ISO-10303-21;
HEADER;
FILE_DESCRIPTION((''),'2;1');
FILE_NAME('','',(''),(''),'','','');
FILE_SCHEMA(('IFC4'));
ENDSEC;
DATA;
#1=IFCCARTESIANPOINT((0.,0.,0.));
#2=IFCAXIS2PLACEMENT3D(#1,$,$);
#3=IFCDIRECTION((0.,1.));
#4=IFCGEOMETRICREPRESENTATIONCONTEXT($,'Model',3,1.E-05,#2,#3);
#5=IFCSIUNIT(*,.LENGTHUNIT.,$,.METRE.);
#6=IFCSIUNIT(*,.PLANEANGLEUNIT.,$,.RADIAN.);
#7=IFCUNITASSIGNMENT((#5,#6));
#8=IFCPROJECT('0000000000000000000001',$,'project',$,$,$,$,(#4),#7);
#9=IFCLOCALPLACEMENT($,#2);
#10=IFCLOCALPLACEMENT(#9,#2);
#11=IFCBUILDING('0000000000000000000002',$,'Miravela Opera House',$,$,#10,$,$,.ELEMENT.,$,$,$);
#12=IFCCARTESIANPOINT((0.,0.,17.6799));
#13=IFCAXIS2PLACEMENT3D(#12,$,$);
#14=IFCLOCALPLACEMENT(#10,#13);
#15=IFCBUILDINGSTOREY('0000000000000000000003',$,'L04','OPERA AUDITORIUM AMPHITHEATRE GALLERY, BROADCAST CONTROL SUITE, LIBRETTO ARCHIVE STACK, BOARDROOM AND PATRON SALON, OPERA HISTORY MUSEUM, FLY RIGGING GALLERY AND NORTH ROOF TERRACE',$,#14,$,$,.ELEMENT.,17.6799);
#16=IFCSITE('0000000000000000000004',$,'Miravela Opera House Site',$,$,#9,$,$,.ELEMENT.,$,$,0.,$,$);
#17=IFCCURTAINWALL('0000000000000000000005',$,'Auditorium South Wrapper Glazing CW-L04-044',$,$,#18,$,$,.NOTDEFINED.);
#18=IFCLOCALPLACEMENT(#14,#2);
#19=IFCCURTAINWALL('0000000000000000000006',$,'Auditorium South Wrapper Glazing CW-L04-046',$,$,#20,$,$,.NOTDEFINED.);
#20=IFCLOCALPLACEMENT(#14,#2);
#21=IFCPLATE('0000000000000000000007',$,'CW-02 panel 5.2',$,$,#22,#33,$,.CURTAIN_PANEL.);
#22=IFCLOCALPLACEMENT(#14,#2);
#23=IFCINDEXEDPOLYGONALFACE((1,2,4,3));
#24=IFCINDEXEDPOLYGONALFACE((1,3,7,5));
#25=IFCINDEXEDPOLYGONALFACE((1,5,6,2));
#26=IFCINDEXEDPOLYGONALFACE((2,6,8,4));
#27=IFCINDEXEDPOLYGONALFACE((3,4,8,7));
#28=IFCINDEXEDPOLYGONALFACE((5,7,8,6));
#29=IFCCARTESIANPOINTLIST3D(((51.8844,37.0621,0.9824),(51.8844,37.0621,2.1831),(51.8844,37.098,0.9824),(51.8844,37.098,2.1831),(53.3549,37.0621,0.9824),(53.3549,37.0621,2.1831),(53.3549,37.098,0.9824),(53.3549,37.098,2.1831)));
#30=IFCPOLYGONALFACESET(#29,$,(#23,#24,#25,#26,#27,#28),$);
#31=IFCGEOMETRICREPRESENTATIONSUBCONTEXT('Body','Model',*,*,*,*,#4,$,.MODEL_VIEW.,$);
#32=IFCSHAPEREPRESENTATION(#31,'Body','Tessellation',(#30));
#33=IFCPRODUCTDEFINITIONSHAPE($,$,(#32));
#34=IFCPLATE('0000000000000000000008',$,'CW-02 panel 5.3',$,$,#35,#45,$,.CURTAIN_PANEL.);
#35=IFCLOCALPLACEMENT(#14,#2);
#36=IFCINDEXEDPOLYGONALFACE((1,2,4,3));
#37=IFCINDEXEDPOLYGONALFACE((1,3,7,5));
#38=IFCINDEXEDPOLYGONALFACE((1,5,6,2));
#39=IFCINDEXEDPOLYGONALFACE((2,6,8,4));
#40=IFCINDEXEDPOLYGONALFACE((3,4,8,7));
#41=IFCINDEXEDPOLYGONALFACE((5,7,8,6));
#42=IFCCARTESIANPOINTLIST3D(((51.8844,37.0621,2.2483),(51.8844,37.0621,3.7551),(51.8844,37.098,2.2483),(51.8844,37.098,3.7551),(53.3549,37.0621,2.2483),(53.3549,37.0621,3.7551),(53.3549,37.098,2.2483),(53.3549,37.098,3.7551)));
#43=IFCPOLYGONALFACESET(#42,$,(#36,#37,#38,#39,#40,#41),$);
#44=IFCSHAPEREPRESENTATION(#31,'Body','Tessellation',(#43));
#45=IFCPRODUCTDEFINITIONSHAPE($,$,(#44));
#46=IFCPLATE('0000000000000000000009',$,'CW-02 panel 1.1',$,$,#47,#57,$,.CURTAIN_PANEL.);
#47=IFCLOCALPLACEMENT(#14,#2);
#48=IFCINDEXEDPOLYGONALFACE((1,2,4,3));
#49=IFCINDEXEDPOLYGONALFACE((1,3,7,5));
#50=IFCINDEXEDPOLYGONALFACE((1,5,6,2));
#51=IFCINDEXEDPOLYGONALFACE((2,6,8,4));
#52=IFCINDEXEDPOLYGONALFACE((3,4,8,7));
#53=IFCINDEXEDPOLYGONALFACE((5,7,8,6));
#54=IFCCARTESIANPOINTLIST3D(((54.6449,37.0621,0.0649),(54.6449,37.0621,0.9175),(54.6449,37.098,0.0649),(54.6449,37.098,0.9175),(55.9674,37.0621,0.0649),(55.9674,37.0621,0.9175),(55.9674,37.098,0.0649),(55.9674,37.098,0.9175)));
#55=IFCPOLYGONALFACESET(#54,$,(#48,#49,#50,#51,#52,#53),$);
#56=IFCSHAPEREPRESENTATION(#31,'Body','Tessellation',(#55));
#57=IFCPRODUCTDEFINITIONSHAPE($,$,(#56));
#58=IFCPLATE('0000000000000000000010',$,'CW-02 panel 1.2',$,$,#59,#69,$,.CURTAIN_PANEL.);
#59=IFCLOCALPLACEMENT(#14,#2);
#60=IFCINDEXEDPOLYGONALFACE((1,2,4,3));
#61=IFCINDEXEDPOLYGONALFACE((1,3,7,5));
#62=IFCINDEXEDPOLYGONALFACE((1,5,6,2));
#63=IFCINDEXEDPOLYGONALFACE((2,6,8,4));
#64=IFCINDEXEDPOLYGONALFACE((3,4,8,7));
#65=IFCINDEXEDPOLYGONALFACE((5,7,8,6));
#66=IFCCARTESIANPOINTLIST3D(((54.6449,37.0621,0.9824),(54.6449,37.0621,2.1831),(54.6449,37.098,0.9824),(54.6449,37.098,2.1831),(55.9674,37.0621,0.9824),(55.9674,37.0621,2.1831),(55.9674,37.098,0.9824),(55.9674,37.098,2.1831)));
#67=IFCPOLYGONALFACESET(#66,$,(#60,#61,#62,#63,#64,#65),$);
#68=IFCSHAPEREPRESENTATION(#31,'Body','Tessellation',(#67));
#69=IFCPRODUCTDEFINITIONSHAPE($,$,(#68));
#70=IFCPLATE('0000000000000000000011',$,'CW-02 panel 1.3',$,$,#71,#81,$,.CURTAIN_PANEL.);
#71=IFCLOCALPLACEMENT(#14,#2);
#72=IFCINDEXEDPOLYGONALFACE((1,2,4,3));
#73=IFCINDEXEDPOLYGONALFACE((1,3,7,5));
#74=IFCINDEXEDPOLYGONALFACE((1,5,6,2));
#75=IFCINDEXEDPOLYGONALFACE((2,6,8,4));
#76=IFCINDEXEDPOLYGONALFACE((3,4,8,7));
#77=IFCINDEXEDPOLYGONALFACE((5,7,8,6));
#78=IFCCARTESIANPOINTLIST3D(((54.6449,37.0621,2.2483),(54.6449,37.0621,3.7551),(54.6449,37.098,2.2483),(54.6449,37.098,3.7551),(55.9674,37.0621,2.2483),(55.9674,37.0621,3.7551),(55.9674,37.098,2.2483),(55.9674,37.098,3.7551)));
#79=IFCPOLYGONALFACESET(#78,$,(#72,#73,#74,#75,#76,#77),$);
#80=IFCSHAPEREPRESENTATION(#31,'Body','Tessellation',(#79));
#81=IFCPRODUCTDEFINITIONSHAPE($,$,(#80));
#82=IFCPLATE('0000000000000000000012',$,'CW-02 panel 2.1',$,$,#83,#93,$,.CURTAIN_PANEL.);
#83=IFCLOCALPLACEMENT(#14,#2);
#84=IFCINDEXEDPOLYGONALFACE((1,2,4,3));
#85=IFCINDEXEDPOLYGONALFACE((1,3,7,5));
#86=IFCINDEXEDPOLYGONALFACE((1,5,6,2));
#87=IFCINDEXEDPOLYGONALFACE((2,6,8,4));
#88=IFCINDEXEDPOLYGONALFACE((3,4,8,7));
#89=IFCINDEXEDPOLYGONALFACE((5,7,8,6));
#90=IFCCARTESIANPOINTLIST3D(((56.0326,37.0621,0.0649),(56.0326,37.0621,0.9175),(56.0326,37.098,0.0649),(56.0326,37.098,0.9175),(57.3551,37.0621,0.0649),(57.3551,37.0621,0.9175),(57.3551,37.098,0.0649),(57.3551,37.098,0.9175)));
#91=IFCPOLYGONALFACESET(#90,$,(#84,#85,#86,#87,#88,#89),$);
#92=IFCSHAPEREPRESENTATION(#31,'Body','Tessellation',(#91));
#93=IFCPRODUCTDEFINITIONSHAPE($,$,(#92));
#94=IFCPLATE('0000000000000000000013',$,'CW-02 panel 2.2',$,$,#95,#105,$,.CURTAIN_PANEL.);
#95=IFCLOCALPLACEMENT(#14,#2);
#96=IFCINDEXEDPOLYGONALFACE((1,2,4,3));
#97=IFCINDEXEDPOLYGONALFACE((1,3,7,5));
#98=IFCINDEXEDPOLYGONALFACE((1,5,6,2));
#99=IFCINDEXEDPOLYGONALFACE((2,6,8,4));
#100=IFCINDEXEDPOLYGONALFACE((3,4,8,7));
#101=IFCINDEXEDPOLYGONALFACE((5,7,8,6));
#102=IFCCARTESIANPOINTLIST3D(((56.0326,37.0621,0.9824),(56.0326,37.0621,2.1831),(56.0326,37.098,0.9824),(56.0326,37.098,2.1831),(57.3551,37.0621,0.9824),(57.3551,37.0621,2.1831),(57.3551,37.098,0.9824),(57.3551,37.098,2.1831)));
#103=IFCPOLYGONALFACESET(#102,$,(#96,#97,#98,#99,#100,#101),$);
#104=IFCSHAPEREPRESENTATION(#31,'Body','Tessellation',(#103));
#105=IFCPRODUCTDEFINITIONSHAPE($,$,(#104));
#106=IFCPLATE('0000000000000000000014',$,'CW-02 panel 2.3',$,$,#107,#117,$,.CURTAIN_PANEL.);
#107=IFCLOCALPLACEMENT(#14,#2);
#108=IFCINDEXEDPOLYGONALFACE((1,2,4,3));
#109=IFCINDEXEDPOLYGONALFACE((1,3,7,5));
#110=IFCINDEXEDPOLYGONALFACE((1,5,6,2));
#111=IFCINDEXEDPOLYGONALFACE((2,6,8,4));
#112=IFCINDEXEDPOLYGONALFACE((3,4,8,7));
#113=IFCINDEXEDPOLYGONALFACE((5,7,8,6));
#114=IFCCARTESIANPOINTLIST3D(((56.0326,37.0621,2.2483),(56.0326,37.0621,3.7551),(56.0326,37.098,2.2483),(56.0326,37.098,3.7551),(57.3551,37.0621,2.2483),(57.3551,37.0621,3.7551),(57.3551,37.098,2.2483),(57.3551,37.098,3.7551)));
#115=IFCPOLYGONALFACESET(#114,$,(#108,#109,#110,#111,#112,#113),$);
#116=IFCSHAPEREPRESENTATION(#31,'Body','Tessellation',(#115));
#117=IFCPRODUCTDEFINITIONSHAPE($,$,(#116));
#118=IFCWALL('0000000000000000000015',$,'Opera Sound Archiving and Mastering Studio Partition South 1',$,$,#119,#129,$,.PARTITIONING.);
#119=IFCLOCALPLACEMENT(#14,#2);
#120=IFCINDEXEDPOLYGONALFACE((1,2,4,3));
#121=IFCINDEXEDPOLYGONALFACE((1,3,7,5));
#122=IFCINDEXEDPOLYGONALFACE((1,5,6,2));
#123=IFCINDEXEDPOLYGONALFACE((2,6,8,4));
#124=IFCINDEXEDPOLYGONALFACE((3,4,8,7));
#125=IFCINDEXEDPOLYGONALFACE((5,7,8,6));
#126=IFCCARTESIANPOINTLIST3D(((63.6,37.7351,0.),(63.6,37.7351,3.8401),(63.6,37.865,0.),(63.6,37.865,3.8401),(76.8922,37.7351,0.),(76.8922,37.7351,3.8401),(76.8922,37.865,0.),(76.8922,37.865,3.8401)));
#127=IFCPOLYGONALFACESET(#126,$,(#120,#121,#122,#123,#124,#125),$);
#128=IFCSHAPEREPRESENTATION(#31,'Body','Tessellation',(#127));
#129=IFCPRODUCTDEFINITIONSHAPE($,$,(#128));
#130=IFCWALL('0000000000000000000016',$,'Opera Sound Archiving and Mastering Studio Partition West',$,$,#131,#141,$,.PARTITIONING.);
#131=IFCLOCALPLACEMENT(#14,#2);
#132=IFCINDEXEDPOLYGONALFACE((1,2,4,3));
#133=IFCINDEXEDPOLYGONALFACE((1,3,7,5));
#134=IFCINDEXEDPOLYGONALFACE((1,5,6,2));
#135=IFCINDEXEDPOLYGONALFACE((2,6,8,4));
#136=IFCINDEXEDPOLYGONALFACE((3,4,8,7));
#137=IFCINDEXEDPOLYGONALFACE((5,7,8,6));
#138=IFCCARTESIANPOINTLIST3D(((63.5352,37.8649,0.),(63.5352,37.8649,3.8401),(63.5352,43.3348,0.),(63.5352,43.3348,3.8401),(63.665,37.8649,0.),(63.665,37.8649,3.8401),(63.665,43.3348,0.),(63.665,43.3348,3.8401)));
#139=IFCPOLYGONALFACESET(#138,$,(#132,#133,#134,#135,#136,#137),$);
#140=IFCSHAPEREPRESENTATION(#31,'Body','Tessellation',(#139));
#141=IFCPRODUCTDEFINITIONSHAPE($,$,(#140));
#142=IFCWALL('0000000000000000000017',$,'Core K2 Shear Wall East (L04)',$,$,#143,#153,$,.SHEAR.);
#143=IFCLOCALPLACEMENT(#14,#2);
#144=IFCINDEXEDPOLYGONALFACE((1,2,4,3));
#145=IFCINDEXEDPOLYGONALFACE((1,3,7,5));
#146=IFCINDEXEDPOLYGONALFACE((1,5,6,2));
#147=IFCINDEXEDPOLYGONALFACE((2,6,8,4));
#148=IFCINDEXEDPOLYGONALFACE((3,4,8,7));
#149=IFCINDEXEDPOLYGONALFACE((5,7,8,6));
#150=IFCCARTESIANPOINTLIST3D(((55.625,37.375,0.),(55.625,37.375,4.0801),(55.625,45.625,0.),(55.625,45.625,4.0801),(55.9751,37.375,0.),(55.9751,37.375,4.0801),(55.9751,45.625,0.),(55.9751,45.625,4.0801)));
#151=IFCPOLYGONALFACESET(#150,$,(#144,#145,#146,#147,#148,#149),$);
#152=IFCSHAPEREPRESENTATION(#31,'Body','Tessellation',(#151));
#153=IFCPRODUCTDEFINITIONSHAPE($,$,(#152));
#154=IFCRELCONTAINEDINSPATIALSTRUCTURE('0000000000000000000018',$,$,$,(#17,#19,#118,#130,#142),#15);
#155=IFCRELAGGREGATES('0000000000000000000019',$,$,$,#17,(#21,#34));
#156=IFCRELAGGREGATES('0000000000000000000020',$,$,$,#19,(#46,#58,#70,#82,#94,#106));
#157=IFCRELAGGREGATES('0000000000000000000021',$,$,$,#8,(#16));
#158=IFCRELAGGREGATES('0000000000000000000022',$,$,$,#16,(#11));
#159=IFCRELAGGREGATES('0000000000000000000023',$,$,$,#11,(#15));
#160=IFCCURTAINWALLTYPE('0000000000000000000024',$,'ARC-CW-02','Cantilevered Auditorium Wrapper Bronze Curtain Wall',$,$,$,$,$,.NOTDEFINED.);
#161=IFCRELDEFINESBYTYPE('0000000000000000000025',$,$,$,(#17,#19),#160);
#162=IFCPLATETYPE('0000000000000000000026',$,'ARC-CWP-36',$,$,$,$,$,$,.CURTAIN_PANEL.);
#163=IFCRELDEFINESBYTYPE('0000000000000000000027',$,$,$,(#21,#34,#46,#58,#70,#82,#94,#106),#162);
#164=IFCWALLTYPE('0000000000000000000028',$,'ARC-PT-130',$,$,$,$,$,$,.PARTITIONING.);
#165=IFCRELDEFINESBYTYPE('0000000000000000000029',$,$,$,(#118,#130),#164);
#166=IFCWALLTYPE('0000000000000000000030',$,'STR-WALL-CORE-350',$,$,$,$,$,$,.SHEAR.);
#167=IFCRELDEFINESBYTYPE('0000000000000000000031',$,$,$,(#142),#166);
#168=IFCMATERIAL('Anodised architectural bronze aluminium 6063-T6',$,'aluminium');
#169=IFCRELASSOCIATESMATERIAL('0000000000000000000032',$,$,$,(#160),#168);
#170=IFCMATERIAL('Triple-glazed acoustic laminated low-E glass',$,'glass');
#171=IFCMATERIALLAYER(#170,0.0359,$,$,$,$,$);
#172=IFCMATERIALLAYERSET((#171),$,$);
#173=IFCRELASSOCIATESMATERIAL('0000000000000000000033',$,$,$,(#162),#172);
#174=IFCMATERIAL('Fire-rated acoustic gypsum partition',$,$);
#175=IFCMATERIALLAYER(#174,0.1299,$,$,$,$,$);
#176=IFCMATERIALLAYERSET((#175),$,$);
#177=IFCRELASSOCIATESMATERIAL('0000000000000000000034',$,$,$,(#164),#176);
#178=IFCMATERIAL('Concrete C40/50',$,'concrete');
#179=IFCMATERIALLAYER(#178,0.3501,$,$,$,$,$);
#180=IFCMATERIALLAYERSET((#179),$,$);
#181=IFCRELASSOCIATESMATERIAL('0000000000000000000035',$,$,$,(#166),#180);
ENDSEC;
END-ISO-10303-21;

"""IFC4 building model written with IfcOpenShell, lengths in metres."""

from ifc_helpers import new_model, si_unit, direction, frame, frame_2d, origin, origin_2d, place, context, subcontext, project, spatial, rectangle, extrude, material, layer, layer_set, type_object, element, aggregate, save


model = new_model("IFC4")

# Units and contexts
model_context = context("Model", 3, precision=1e-05, world=origin(), true_north=direction((0.0, 1.0)))
body_context = subcontext(model_context, "Body", "Model", "MODEL_VIEW")
ifc_project = project(units=[si_unit("LENGTHUNIT", "METRE"), si_unit("PLANEANGLEUNIT", "RADIAN")], contexts=[model_context])

# Site, building, storey
site_placement = place(None, origin())
site = spatial("IfcSite", under=ifc_project, at=site_placement, Name="Miravela Opera House Site", CompositionType="ELEMENT", RefElevation=0.0)
building_placement = place(site_placement, origin())
building = spatial("IfcBuilding", under=site, at=building_placement, Name="Miravela Opera House", CompositionType="ELEMENT")
storey_placement = place(building_placement, frame((0.0, 0.0, 17.6799)))
storey = spatial("IfcBuildingStorey", under=building, at=storey_placement, Name="L04", Description="OPERA AUDITORIUM AMPHITHEATRE GALLERY, BROADCAST CONTROL SUITE, LIBRETTO ARCHIVE STACK, BOARDROOM AND PATRON SALON, OPERA HISTORY MUSEUM, FLY RIGGING GALLERY AND NORTH ROOF TERRACE", CompositionType="ELEMENT", Elevation=17.6799)

# Curtain wall
ifc_material_1 = material(Name="Anodised architectural bronze aluminium 6063-T6", Category="aluminium")
curtain_wall_type = type_object("IfcCurtainWallType", Name="ARC-CW-02", Description="Cantilevered Auditorium Wrapper Bronze Curtain Wall", PredefinedType="NOTDEFINED", material=ifc_material_1)
curtain_wall_1_placement = place(storey_placement, origin())
curtain_wall_1 = element("IfcCurtainWall", 1, at=curtain_wall_1_placement, inside=storey, type_object=curtain_wall_type, Name="Auditorium South Wrapper Glazing CW-L04-044", PredefinedType="NOTDEFINED")

# Curtain wall
curtain_wall_2_placement = place(storey_placement, origin())
curtain_wall_2 = element("IfcCurtainWall", 2, at=curtain_wall_2_placement, inside=storey, type_object=curtain_wall_type, Name="Auditorium South Wrapper Glazing CW-L04-046", PredefinedType="NOTDEFINED")

# Plates
ifc_material_2 = material(Name="Triple-glazed acoustic laminated low-E glass", Category="glass")
ifc_layer_1 = layer(ifc_material_2, 0.0359)
ifc_layer_set_1 = layer_set([ifc_layer_1])
plate_type = type_object("IfcPlateType", Name="ARC-CWP-36", PredefinedType="CURTAIN_PANEL", material=ifc_layer_set_1)
plate_1_placement = place(storey_placement, frame((52.6196, 37.0801, 0.9824), z_axis=(0.0, 0.0, 1.0), x_axis=(1.0, 0.0, 0.0)))
plate_1 = element("IfcPlate", 3, at=plate_1_placement, type_object=plate_type, Name="CW-02 panel 5.2", PredefinedType="CURTAIN_PANEL", context=body_context, shape_type="SweptSolid", body=[
    extrude(rectangle(XDim=1.4705, YDim=0.0359, at=origin_2d()), origin(), (0.0, 0.0, 1.0), 1.2007),
])
plate_2_placement = place(storey_placement, frame((52.6196, 37.0801, 2.2483), z_axis=(0.0, 0.0, 1.0), x_axis=(1.0, 0.0, 0.0)))
plate_2 = element("IfcPlate", 4, at=plate_2_placement, type_object=plate_type, Name="CW-02 panel 5.3", PredefinedType="CURTAIN_PANEL", context=body_context, shape_type="SweptSolid", body=[
    extrude(rectangle(XDim=1.4705, YDim=0.0359, at=origin_2d()), origin(), (0.0, 0.0, 1.0), 1.5068),
])
aggregate(curtain_wall_1, [plate_1, plate_2])
plate_3_placement = place(storey_placement, frame((55.3062, 37.0801, 0.0649), z_axis=(0.0, 0.0, 1.0), x_axis=(1.0, 0.0, 0.0)))
plate_3 = element("IfcPlate", 5, at=plate_3_placement, type_object=plate_type, Name="CW-02 panel 1.1", PredefinedType="CURTAIN_PANEL", context=body_context, shape_type="SweptSolid", body=[
    extrude(rectangle(XDim=1.3225, YDim=0.0359, at=origin_2d()), origin(), (0.0, 0.0, 1.0), 0.8525),
])
plate_4_placement = place(storey_placement, frame((55.3062, 37.0801, 0.9824), z_axis=(0.0, 0.0, 1.0), x_axis=(1.0, 0.0, 0.0)))
plate_4 = element("IfcPlate", 6, at=plate_4_placement, type_object=plate_type, Name="CW-02 panel 1.2", PredefinedType="CURTAIN_PANEL", context=body_context, shape_type="SweptSolid", body=[
    extrude(rectangle(XDim=1.3225, YDim=0.0359, at=origin_2d()), origin(), (0.0, 0.0, 1.0), 1.2007),
])
plate_5_placement = place(storey_placement, frame((55.3062, 37.0801, 2.2483), z_axis=(0.0, 0.0, 1.0), x_axis=(1.0, 0.0, 0.0)))
plate_5 = element("IfcPlate", 7, at=plate_5_placement, type_object=plate_type, Name="CW-02 panel 1.3", PredefinedType="CURTAIN_PANEL", context=body_context, shape_type="SweptSolid", body=[
    extrude(rectangle(XDim=1.3225, YDim=0.0359, at=origin_2d()), origin(), (0.0, 0.0, 1.0), 1.5068),
])
plate_6_placement = place(storey_placement, frame((56.6938, 37.0801, 0.0649), z_axis=(0.0, 0.0, 1.0), x_axis=(1.0, 0.0, 0.0)))
plate_6 = element("IfcPlate", 8, at=plate_6_placement, type_object=plate_type, Name="CW-02 panel 2.1", PredefinedType="CURTAIN_PANEL", context=body_context, shape_type="SweptSolid", body=[
    extrude(rectangle(XDim=1.3225, YDim=0.0359, at=origin_2d()), origin(), (0.0, 0.0, 1.0), 0.8525),
])
plate_7_placement = place(storey_placement, frame((56.6938, 37.0801, 0.9824), z_axis=(0.0, 0.0, 1.0), x_axis=(1.0, 0.0, 0.0)))
plate_7 = element("IfcPlate", 9, at=plate_7_placement, type_object=plate_type, Name="CW-02 panel 2.2", PredefinedType="CURTAIN_PANEL", context=body_context, shape_type="SweptSolid", body=[
    extrude(rectangle(XDim=1.3225, YDim=0.0359, at=origin_2d()), origin(), (0.0, 0.0, 1.0), 1.2007),
])
plate_8_placement = place(storey_placement, frame((56.6938, 37.0801, 2.2483), z_axis=(0.0, 0.0, 1.0), x_axis=(1.0, 0.0, 0.0)))
plate_8 = element("IfcPlate", 10, at=plate_8_placement, type_object=plate_type, Name="CW-02 panel 2.3", PredefinedType="CURTAIN_PANEL", context=body_context, shape_type="SweptSolid", body=[
    extrude(rectangle(XDim=1.3225, YDim=0.0359, at=origin_2d()), origin(), (0.0, 0.0, 1.0), 1.5068),
])
aggregate(curtain_wall_2, [plate_3, plate_4, plate_5, plate_6, plate_7, plate_8])

# Walls
ifc_material_3 = material(Name="Fire-rated acoustic gypsum partition")
ifc_layer_2 = layer(ifc_material_3, 0.1299)
ifc_layer_set_2 = layer_set([ifc_layer_2])
wall_type_1 = type_object("IfcWallType", Name="ARC-PT-130", PredefinedType="PARTITIONING", material=ifc_layer_set_2)
wall_1_placement = place(storey_placement, frame((63.6001, 37.8, 0.0), z_axis=(0.0, 0.0, 1.0), x_axis=(1.0, 0.0, 0.0)))
element("IfcWall", 11, at=wall_1_placement, inside=storey, type_object=wall_type_1, Name="Opera Sound Archiving and Mastering Studio Partition South 1", PredefinedType="PARTITIONING", context=body_context, shape_type="SweptSolid", body=[
    extrude(rectangle(XDim=13.2922, YDim=0.1299, at=frame_2d((6.646, 0.0))), origin(), (0.0, 0.0, 1.0), 3.8401),
])
wall_2_placement = place(storey_placement, frame((63.6001, 37.865, 0.0), z_axis=(0.0, 0.0, 1.0), x_axis=(0.0, 1.0, 0.0)))
element("IfcWall", 12, at=wall_2_placement, inside=storey, type_object=wall_type_1, Name="Opera Sound Archiving and Mastering Studio Partition West", PredefinedType="PARTITIONING", context=body_context, shape_type="SweptSolid", body=[
    extrude(rectangle(XDim=5.47, YDim=0.1299, at=frame_2d((2.7349, 0.0))), origin(), (0.0, 0.0, 1.0), 3.8401),
])
ifc_material_4 = material(Name="Concrete C40/50", Category="concrete")
ifc_layer_3 = layer(ifc_material_4, 0.3501)
ifc_layer_set_3 = layer_set([ifc_layer_3])
wall_type_2 = type_object("IfcWallType", Name="STR-WALL-CORE-350", PredefinedType="SHEAR", material=ifc_layer_set_3)
wall_3_placement = place(storey_placement, frame((55.8, 37.375, 0.0), z_axis=(0.0, 0.0, 1.0), x_axis=(0.0, 1.0, 0.0)))
element("IfcWall", 13, at=wall_3_placement, inside=storey, type_object=wall_type_2, Name="Core K2 Shear Wall East (L04)", PredefinedType="SHEAR", context=body_context, shape_type="SweptSolid", body=[
    extrude(rectangle(XDim=8.25, YDim=0.3501, at=frame_2d((4.125, 0.0))), origin(), (0.0, 0.0, 1.0), 4.0801),
])

save(model, "model.ifc")
